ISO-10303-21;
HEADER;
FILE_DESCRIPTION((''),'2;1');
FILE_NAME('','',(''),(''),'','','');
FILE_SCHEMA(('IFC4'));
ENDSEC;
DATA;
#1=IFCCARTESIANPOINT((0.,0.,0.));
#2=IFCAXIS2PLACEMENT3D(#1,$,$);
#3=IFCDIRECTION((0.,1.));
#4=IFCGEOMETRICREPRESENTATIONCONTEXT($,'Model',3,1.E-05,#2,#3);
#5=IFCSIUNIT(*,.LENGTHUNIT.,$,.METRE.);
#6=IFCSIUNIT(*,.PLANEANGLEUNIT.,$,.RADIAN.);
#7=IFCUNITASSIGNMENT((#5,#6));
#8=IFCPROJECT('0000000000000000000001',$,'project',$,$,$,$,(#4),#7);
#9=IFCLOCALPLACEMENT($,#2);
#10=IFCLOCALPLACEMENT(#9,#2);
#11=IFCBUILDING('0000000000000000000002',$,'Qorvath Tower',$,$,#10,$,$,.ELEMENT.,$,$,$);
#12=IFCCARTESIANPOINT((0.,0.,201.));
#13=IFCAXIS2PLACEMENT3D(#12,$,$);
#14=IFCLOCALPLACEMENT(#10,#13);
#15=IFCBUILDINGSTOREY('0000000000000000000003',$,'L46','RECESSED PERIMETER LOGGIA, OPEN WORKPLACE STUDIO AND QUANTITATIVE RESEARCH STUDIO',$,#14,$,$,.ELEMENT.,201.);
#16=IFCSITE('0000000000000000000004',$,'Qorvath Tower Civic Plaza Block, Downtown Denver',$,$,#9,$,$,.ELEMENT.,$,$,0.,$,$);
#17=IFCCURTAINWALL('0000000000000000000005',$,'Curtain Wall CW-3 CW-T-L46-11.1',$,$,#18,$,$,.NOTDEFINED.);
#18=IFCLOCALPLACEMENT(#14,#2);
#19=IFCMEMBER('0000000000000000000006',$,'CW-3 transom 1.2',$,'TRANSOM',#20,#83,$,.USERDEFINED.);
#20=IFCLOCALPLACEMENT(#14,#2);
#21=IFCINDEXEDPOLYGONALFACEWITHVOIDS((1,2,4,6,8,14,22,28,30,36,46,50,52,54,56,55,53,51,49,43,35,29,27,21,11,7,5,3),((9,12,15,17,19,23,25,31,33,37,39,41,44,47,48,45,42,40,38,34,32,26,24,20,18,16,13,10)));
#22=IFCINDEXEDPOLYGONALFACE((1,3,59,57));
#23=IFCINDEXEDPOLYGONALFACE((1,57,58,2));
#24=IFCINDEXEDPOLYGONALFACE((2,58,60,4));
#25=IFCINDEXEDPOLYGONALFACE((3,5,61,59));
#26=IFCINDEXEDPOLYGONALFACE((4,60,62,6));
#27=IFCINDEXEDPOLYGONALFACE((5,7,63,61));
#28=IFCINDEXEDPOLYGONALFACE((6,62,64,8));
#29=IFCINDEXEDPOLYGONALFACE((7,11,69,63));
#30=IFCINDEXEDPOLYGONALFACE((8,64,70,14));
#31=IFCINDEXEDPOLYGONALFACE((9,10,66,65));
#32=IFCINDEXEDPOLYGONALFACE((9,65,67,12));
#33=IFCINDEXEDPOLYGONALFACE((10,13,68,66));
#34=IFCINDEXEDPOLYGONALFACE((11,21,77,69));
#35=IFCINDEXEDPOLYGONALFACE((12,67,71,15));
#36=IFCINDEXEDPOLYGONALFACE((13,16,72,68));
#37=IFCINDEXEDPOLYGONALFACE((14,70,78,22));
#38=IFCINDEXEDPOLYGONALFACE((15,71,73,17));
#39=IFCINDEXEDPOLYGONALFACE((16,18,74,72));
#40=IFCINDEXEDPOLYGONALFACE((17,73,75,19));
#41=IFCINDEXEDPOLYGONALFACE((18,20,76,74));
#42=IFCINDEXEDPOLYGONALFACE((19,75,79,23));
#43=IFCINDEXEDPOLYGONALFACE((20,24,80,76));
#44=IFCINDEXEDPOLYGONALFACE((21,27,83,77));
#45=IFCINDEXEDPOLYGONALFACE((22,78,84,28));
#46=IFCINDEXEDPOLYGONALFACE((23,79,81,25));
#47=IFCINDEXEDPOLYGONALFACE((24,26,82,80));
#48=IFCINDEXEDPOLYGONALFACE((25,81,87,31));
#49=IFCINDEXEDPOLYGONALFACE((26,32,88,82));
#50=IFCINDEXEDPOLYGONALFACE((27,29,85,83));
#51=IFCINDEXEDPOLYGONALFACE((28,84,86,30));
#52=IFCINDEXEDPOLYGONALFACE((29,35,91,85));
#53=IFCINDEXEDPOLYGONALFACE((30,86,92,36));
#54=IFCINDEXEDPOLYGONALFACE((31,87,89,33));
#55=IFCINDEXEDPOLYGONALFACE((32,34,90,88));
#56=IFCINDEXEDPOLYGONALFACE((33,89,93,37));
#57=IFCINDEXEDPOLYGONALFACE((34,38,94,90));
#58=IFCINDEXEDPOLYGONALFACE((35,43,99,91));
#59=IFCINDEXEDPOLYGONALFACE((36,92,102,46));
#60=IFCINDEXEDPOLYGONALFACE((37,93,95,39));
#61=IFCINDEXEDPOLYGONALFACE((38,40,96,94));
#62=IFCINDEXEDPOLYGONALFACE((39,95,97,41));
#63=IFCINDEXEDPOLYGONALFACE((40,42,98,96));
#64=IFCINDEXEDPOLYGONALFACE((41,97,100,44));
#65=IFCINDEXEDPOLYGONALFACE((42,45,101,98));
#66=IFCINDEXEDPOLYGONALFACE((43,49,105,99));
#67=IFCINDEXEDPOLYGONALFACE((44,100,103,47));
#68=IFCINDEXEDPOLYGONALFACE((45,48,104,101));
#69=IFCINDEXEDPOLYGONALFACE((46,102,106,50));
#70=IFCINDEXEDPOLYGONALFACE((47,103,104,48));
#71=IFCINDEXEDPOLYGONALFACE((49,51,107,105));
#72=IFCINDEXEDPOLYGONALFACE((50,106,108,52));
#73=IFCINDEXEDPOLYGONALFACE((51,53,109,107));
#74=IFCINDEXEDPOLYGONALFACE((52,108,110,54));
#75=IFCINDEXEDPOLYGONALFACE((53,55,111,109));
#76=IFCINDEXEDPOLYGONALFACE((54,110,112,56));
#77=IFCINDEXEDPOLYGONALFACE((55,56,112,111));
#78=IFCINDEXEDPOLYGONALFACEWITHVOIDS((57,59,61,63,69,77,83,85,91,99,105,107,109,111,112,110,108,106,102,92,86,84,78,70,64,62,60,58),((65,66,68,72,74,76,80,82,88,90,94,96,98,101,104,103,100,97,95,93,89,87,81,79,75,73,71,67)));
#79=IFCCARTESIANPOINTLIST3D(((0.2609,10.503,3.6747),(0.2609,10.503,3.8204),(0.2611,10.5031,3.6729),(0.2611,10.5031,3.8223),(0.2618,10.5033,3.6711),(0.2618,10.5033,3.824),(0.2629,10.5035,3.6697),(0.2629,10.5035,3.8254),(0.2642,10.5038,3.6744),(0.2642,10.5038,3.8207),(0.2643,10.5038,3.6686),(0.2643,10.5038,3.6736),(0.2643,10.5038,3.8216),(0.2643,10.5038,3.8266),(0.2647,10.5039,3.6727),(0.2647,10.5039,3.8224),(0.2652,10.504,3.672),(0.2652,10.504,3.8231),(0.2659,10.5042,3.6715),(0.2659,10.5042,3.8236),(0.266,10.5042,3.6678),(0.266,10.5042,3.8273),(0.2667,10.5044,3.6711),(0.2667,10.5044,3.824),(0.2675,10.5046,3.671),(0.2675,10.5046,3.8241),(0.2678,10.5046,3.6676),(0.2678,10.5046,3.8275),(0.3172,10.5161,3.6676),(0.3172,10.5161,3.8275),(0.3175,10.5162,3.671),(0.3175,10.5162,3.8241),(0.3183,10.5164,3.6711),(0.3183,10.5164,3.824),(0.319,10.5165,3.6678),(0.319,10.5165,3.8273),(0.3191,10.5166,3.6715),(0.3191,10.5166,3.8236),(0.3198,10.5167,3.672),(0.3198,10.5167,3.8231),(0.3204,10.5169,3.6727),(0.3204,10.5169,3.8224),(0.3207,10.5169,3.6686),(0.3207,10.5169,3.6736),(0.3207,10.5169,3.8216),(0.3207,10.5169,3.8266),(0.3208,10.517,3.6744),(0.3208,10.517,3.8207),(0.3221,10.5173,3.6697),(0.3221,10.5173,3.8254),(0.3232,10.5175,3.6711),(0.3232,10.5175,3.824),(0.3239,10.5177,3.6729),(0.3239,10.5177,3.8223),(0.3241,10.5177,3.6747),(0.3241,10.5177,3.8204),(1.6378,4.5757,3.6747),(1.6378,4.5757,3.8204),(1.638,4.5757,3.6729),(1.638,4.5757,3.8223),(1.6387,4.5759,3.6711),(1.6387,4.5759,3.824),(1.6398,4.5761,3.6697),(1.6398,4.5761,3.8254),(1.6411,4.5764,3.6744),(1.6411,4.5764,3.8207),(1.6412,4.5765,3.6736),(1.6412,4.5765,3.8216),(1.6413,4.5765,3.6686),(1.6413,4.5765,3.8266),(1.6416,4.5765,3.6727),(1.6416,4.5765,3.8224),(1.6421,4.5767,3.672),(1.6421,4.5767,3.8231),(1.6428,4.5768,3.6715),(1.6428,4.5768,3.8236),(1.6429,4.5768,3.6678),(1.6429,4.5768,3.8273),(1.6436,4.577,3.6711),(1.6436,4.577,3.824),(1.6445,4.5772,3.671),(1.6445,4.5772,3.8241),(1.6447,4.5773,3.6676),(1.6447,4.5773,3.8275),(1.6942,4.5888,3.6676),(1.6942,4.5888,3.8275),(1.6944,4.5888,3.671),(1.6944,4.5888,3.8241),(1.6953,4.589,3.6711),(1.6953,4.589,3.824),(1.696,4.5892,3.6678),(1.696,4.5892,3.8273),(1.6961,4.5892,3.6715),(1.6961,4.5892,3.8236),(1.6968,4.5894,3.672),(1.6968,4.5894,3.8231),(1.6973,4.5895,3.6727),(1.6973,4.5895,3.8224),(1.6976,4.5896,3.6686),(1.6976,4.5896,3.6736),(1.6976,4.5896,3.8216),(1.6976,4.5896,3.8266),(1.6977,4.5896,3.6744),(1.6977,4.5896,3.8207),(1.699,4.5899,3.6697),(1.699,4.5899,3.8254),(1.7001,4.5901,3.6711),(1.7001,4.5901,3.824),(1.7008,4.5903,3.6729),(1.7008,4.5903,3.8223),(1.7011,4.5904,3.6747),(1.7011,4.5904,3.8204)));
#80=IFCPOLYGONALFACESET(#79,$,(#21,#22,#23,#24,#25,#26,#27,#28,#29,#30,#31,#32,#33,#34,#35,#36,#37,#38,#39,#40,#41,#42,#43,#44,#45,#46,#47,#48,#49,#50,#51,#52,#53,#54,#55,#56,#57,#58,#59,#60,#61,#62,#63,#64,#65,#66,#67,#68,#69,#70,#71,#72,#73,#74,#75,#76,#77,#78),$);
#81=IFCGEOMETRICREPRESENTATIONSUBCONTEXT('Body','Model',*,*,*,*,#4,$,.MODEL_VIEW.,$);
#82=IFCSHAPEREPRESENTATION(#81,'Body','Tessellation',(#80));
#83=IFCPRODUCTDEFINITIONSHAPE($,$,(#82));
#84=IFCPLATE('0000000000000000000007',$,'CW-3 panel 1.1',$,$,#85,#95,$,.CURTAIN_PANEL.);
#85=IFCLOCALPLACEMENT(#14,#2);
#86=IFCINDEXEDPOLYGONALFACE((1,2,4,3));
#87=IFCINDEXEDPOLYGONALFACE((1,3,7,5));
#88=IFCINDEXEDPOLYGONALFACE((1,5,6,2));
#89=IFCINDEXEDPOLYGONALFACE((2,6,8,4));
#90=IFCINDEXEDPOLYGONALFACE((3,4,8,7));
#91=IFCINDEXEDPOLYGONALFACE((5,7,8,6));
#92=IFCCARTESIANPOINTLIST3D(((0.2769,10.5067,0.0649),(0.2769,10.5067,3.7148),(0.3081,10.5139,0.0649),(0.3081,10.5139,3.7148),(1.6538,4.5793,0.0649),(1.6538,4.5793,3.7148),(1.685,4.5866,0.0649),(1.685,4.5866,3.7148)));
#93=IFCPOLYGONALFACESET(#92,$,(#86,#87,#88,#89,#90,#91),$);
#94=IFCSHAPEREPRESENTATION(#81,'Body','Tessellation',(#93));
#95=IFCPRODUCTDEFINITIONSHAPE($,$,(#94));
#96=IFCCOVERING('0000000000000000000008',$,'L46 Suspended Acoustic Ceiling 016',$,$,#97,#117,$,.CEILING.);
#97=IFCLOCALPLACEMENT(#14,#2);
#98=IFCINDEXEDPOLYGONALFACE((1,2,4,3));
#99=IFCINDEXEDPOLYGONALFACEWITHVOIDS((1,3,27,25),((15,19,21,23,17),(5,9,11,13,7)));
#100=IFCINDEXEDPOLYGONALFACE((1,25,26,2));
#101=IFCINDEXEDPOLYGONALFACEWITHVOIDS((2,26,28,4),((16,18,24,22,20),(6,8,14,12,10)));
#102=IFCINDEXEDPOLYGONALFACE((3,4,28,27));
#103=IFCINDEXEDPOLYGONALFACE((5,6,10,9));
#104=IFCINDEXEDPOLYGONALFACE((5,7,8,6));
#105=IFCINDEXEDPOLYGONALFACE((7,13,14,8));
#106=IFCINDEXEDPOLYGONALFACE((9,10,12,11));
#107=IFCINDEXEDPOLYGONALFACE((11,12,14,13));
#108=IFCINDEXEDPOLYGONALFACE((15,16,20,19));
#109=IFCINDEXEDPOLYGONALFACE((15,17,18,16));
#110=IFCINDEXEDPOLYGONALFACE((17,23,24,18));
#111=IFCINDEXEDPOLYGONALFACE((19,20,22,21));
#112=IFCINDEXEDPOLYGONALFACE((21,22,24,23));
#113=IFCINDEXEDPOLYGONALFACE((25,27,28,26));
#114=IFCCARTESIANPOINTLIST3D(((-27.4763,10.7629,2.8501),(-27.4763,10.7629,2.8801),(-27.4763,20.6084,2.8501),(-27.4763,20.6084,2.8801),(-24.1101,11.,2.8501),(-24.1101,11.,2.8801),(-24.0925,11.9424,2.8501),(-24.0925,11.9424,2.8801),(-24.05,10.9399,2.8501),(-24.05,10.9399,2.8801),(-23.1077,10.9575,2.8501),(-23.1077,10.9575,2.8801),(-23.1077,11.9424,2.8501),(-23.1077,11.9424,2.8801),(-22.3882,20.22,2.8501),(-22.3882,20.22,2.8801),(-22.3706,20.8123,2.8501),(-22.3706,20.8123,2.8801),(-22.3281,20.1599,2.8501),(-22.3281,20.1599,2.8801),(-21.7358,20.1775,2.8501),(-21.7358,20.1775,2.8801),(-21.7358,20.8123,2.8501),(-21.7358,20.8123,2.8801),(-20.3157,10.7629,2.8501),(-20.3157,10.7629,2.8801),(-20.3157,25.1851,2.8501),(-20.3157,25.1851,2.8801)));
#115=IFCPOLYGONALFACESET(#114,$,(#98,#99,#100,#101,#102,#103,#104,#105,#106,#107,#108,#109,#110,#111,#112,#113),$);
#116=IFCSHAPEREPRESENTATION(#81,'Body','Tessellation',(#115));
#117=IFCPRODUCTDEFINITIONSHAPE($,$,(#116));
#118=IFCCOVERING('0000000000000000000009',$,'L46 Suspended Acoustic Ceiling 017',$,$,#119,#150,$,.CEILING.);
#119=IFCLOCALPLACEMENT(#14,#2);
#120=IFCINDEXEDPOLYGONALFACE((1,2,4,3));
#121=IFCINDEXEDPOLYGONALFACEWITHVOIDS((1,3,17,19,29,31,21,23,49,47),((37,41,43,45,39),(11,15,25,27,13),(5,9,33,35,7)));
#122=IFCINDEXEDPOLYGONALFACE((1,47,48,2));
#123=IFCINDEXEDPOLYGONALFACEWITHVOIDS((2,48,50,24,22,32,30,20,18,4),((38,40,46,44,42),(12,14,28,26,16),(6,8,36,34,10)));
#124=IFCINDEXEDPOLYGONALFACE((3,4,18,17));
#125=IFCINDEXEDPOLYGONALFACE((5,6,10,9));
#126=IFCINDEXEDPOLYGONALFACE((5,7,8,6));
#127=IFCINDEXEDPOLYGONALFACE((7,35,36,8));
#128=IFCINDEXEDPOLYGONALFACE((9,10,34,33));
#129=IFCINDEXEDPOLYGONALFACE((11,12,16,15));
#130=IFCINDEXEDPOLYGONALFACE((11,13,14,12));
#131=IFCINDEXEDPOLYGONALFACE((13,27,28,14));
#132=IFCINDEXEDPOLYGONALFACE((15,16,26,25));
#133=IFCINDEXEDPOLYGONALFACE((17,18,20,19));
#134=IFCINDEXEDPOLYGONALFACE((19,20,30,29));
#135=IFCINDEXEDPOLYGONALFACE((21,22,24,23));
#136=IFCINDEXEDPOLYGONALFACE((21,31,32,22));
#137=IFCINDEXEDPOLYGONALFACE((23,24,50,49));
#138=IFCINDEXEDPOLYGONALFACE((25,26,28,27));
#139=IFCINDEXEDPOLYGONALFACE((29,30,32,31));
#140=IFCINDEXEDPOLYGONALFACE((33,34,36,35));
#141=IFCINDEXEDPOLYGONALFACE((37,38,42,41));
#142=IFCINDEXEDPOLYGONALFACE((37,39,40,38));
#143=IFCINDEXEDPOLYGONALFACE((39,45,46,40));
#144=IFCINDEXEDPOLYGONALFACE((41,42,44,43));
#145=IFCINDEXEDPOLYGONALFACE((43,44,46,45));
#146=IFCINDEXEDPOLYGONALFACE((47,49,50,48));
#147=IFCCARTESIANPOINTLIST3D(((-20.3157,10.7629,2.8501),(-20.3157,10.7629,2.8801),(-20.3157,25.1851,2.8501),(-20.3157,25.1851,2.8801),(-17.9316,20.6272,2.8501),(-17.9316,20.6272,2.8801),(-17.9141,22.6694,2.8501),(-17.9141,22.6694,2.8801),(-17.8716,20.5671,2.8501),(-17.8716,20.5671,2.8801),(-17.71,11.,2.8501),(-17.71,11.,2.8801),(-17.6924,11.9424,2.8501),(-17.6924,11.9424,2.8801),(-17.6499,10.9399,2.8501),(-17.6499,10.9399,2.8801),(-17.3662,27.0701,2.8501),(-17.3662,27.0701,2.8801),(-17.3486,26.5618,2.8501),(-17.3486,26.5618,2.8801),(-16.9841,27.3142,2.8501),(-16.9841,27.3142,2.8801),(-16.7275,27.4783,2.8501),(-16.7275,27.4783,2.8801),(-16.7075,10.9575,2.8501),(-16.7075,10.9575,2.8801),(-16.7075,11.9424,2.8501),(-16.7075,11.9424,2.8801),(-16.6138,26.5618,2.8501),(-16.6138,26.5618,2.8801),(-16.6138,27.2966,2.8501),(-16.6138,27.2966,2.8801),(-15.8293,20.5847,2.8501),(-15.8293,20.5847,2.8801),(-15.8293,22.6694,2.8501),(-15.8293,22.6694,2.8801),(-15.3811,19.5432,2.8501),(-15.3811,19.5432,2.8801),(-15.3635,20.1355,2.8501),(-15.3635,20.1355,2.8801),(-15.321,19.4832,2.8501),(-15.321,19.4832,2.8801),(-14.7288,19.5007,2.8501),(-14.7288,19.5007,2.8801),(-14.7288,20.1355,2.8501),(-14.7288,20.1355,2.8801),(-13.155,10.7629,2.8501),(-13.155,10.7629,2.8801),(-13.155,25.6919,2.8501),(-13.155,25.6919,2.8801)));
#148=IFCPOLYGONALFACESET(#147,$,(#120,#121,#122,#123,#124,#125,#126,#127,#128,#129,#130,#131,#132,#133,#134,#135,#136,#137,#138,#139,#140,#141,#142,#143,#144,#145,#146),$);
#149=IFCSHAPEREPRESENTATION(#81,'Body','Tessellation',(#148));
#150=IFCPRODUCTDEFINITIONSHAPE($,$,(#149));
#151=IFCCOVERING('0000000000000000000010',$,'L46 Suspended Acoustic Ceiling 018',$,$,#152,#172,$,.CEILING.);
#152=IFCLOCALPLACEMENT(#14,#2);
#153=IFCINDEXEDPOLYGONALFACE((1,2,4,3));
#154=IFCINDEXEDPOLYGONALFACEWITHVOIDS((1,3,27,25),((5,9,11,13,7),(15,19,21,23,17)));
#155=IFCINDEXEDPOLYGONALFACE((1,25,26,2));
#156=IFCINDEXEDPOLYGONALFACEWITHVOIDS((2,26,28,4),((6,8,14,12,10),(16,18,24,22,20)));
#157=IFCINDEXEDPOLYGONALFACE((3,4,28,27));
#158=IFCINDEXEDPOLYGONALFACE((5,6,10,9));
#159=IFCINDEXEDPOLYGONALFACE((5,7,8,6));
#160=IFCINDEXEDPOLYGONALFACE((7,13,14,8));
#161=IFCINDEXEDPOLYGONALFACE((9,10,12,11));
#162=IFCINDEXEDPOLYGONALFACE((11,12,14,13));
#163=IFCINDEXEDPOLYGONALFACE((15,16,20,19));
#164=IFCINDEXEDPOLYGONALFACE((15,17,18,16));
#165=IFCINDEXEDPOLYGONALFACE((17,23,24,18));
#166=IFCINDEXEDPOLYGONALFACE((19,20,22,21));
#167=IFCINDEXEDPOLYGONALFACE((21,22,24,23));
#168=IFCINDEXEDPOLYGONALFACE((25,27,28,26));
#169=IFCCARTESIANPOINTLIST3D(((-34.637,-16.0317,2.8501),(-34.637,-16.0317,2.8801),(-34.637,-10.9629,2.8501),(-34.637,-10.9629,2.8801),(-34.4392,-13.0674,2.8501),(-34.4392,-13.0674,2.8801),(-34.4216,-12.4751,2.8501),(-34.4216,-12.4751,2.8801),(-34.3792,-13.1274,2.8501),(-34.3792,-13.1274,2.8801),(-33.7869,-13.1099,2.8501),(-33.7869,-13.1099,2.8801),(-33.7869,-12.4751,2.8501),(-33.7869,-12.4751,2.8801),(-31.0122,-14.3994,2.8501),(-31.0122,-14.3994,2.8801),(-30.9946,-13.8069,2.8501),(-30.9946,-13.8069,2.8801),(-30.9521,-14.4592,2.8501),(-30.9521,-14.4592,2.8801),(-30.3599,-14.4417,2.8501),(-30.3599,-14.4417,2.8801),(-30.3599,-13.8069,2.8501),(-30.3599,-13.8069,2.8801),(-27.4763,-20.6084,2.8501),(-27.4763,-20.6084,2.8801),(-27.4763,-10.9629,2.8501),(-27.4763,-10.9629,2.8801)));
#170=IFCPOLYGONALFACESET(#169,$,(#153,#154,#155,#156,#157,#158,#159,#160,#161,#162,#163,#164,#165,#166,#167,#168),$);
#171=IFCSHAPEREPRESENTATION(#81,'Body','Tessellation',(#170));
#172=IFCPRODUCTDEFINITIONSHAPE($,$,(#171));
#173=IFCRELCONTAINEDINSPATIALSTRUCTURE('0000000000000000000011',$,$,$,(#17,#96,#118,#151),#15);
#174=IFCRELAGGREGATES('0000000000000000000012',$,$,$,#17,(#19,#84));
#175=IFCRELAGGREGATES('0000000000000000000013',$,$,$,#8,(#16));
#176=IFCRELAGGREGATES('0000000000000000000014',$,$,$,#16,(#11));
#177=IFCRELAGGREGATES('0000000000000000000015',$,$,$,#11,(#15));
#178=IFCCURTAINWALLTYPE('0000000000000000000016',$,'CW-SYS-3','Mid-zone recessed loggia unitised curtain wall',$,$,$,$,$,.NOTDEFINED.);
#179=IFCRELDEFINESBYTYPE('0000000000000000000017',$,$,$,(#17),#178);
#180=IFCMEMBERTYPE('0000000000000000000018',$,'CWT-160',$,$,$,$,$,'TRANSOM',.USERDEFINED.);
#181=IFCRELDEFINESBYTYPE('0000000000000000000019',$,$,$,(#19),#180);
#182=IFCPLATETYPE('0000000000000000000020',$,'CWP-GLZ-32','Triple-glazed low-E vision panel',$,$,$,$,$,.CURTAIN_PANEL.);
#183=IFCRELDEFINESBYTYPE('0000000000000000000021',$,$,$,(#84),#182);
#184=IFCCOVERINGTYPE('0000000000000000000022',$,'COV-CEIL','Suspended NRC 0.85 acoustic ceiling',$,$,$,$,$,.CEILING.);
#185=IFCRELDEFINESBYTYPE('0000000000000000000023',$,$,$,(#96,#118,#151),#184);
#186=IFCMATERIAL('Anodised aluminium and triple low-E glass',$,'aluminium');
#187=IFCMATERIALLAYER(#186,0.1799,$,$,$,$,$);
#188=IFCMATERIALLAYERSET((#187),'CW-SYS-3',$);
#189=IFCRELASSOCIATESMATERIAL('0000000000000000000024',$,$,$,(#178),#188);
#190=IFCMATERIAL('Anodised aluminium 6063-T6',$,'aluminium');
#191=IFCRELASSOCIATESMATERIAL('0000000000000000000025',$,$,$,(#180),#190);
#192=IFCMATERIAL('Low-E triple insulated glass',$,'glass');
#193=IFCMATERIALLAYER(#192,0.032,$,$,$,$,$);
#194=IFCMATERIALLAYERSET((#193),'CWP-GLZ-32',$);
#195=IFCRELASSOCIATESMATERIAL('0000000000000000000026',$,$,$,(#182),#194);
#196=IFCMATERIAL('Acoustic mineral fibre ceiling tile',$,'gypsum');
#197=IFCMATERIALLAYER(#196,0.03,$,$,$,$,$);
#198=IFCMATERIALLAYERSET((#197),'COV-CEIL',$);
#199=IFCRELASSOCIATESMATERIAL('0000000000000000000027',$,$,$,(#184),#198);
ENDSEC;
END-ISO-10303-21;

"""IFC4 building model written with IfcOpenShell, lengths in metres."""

from ifc_helpers import new_model, si_unit, direction, frame, origin, origin_2d, place, context, subcontext, project, spatial, polyline, rectangle, hollow_rectangle, outline, extrude, material, layer, layer_set, material_profile, profile_set, type_object, element, aggregate, save


model = new_model("IFC4")

# Units and contexts
model_context = context("Model", 3, precision=1e-05, world=origin(), true_north=direction((0.0, 1.0)))
body_context = subcontext(model_context, "Body", "Model", "MODEL_VIEW")
ifc_project = project(units=[si_unit("LENGTHUNIT", "METRE"), si_unit("PLANEANGLEUNIT", "RADIAN")], contexts=[model_context])

# Site, building, storey
site_placement = place(None, origin())
site = spatial("IfcSite", under=ifc_project, at=site_placement, Name="Qorvath Tower Civic Plaza Block, Downtown Denver", CompositionType="ELEMENT", RefElevation=0.0)
building_placement = place(site_placement, origin())
building = spatial("IfcBuilding", under=site, at=building_placement, Name="Qorvath Tower", CompositionType="ELEMENT")
storey_placement = place(building_placement, frame((0.0, 0.0, 201.0)))
storey = spatial("IfcBuildingStorey", under=building, at=storey_placement, Name="L46", Description="RECESSED PERIMETER LOGGIA, OPEN WORKPLACE STUDIO AND QUANTITATIVE RESEARCH STUDIO", CompositionType="ELEMENT", Elevation=201.0)

# Curtain wall, member, plate
ifc_material_1 = material(Name="Anodised aluminium and triple low-E glass", Category="aluminium")
ifc_layer_1 = layer(ifc_material_1, 0.1799)
ifc_layer_set_1 = layer_set([ifc_layer_1], Name="CW-SYS-3")
curtain_wall_type = type_object("IfcCurtainWallType", Name="CW-SYS-3", Description="Mid-zone recessed loggia unitised curtain wall", PredefinedType="NOTDEFINED", material=ifc_layer_set_1)
curtain_wall_placement = place(storey_placement, origin())
curtain_wall = element("IfcCurtainWall", 1, at=curtain_wall_placement, inside=storey, type_object=curtain_wall_type, Name="Curtain Wall CW-3 CW-T-L46-11.1", PredefinedType="NOTDEFINED")
ifc_material_2 = material(Name="Anodised aluminium 6063-T6", Category="aluminium")
ifc_material_profile_1 = material_profile(ifc_material_2, hollow_rectangle(XDim=0.0649, YDim=0.1599, WallThickness=0.0034, InnerFilletRadius=0.0034, OuterFilletRadius=0.0071, at=origin_2d()), Name="CWT 160x65")
ifc_profile_set_1 = profile_set([ifc_material_profile_1], Name="Anodised aluminium 6063-T6")
member_type_1 = type_object("IfcMemberType", Name="CWT-160", ElementType="TRANSOM", PredefinedType="USERDEFINED", material=ifc_profile_set_1)
member_1_placement = place(storey_placement, frame((1.6694, 4.583, 3.7476), z_axis=(-0.226274, 0.974064, 0.0), x_axis=(-0.974064, -0.226274, 0.0)))
member_1 = element("IfcMember", 2, at=member_1_placement, type_object=member_type_1, Name="CW-3 transom 1.2", ObjectType="TRANSOM", PredefinedType="USERDEFINED", context=body_context, shape_type="SweptSolid", body=[
    extrude(hollow_rectangle(XDim=0.0649, YDim=0.1599, WallThickness=0.0034, InnerFilletRadius=0.0034, OuterFilletRadius=0.0071, at=origin_2d()), origin(), (0.0, 0.0, 1.0), 6.0852),
])
ifc_material_3 = material(Name="Low-E triple insulated glass", Category="glass")
ifc_layer_2 = layer(ifc_material_3, 0.032)
ifc_layer_set_2 = layer_set([ifc_layer_2], Name="CWP-GLZ-32")
plate_type = type_object("IfcPlateType", Name="CWP-GLZ-32", Description="Triple-glazed low-E vision panel", PredefinedType="CURTAIN_PANEL", material=ifc_layer_set_2)
plate_placement = place(storey_placement, frame((0.981, 7.5466, 0.0649), z_axis=(0.0, 0.0, 1.0), x_axis=(-0.226272, 0.974064, 0.0)))
plate = element("IfcPlate", 3, at=plate_placement, type_object=plate_type, Name="CW-3 panel 1.1", PredefinedType="CURTAIN_PANEL", context=body_context, shape_type="SweptSolid", body=[
    extrude(rectangle(XDim=6.0852, YDim=0.032, at=origin_2d()), origin(), (0.0, 0.0, 1.0), 3.6499),
])
aggregate(curtain_wall, [member_1, plate])

# Coverings
ifc_material_4 = material(Name="Acoustic mineral fibre ceiling tile", Category="gypsum")
ifc_layer_3 = layer(ifc_material_4, 0.03)
ifc_layer_set_3 = layer_set([ifc_layer_3], Name="COV-CEIL")
covering_type_1 = type_object("IfcCoveringType", Name="COV-CEIL", Description="Suspended NRC 0.85 acoustic ceiling", PredefinedType="CEILING", material=ifc_layer_set_3)
covering_1_placement = place(storey_placement, frame((0.0, 0.0, 2.8501)))
element("IfcCovering", 4, at=covering_1_placement, inside=storey, type_object=covering_type_1, Name="L46 Suspended Acoustic Ceiling 016", PredefinedType="CEILING", context=body_context, shape_type="SweptSolid", body=[
    extrude(outline(polyline([(-20.3157, 10.7629), (-20.3157, 25.1851), (-27.4763, 20.6084), (-27.4763, 10.7629), (-20.3157, 10.7629)]), holes=[polyline([(-22.3882, 20.22), (-22.3706, 20.8123), (-21.7358, 20.8123), (-21.7358, 20.1775), (-22.3281, 20.1599), (-22.3882, 20.22)]), polyline([(-24.1101, 11.0), (-24.0925, 11.9424), (-23.1077, 11.9424), (-23.1077, 10.9575), (-24.05, 10.9399), (-24.1101, 11.0)])]), origin(), (0.0, 0.0, 1.0), 0.03),
])
covering_2_placement = place(storey_placement, frame((0.0, 0.0, 2.8501)))
element("IfcCovering", 5, at=covering_2_placement, inside=storey, type_object=covering_type_1, Name="L46 Suspended Acoustic Ceiling 017", PredefinedType="CEILING", context=body_context, shape_type="SweptSolid", body=[
    extrude(outline(polyline([(-13.155, 25.6919), (-16.7275, 27.4783), (-16.9841, 27.3142), (-16.6138, 27.2966), (-16.6138, 26.5618), (-17.3486, 26.5618), (-17.3662, 27.0701), (-20.3157, 25.1851), (-20.3157, 10.7629), (-13.155, 10.7629), (-13.155, 25.6919)]), holes=[polyline([(-15.3811, 19.5432), (-15.3635, 20.1355), (-14.7288, 20.1355), (-14.7288, 19.5007), (-15.321, 19.4832), (-15.3811, 19.5432)]), polyline([(-17.9316, 20.6272), (-17.9141, 22.6694), (-15.8293, 22.6694), (-15.8293, 20.5847), (-17.8716, 20.5671), (-17.9316, 20.6272)]), polyline([(-17.71, 11.0), (-17.6924, 11.9424), (-16.7075, 11.9424), (-16.7075, 10.9575), (-17.6499, 10.9399), (-17.71, 11.0)])]), origin(), (0.0, 0.0, 1.0), 0.03),
])
covering_3_placement = place(storey_placement, frame((0.0, 0.0, 2.8501)))
element("IfcCovering", 6, at=covering_3_placement, inside=storey, type_object=covering_type_1, Name="L46 Suspended Acoustic Ceiling 018", PredefinedType="CEILING", context=body_context, shape_type="SweptSolid", body=[
    extrude(outline(polyline([(-27.4763, -20.6084), (-27.4763, -10.9629), (-34.637, -10.9629), (-34.637, -16.0317), (-27.4763, -20.6084)]), holes=[polyline([(-31.0122, -14.3994), (-30.9946, -13.8069), (-30.3599, -13.8069), (-30.3599, -14.4417), (-30.9521, -14.4592), (-31.0122, -14.3994)]), polyline([(-34.4392, -13.0674), (-34.4216, -12.4751), (-33.7869, -12.4751), (-33.7869, -13.1099), (-34.3792, -13.1274), (-34.4392, -13.0674)])]), origin(), (0.0, 0.0, 1.0), 0.03),
])

save(model, "model.ifc")
